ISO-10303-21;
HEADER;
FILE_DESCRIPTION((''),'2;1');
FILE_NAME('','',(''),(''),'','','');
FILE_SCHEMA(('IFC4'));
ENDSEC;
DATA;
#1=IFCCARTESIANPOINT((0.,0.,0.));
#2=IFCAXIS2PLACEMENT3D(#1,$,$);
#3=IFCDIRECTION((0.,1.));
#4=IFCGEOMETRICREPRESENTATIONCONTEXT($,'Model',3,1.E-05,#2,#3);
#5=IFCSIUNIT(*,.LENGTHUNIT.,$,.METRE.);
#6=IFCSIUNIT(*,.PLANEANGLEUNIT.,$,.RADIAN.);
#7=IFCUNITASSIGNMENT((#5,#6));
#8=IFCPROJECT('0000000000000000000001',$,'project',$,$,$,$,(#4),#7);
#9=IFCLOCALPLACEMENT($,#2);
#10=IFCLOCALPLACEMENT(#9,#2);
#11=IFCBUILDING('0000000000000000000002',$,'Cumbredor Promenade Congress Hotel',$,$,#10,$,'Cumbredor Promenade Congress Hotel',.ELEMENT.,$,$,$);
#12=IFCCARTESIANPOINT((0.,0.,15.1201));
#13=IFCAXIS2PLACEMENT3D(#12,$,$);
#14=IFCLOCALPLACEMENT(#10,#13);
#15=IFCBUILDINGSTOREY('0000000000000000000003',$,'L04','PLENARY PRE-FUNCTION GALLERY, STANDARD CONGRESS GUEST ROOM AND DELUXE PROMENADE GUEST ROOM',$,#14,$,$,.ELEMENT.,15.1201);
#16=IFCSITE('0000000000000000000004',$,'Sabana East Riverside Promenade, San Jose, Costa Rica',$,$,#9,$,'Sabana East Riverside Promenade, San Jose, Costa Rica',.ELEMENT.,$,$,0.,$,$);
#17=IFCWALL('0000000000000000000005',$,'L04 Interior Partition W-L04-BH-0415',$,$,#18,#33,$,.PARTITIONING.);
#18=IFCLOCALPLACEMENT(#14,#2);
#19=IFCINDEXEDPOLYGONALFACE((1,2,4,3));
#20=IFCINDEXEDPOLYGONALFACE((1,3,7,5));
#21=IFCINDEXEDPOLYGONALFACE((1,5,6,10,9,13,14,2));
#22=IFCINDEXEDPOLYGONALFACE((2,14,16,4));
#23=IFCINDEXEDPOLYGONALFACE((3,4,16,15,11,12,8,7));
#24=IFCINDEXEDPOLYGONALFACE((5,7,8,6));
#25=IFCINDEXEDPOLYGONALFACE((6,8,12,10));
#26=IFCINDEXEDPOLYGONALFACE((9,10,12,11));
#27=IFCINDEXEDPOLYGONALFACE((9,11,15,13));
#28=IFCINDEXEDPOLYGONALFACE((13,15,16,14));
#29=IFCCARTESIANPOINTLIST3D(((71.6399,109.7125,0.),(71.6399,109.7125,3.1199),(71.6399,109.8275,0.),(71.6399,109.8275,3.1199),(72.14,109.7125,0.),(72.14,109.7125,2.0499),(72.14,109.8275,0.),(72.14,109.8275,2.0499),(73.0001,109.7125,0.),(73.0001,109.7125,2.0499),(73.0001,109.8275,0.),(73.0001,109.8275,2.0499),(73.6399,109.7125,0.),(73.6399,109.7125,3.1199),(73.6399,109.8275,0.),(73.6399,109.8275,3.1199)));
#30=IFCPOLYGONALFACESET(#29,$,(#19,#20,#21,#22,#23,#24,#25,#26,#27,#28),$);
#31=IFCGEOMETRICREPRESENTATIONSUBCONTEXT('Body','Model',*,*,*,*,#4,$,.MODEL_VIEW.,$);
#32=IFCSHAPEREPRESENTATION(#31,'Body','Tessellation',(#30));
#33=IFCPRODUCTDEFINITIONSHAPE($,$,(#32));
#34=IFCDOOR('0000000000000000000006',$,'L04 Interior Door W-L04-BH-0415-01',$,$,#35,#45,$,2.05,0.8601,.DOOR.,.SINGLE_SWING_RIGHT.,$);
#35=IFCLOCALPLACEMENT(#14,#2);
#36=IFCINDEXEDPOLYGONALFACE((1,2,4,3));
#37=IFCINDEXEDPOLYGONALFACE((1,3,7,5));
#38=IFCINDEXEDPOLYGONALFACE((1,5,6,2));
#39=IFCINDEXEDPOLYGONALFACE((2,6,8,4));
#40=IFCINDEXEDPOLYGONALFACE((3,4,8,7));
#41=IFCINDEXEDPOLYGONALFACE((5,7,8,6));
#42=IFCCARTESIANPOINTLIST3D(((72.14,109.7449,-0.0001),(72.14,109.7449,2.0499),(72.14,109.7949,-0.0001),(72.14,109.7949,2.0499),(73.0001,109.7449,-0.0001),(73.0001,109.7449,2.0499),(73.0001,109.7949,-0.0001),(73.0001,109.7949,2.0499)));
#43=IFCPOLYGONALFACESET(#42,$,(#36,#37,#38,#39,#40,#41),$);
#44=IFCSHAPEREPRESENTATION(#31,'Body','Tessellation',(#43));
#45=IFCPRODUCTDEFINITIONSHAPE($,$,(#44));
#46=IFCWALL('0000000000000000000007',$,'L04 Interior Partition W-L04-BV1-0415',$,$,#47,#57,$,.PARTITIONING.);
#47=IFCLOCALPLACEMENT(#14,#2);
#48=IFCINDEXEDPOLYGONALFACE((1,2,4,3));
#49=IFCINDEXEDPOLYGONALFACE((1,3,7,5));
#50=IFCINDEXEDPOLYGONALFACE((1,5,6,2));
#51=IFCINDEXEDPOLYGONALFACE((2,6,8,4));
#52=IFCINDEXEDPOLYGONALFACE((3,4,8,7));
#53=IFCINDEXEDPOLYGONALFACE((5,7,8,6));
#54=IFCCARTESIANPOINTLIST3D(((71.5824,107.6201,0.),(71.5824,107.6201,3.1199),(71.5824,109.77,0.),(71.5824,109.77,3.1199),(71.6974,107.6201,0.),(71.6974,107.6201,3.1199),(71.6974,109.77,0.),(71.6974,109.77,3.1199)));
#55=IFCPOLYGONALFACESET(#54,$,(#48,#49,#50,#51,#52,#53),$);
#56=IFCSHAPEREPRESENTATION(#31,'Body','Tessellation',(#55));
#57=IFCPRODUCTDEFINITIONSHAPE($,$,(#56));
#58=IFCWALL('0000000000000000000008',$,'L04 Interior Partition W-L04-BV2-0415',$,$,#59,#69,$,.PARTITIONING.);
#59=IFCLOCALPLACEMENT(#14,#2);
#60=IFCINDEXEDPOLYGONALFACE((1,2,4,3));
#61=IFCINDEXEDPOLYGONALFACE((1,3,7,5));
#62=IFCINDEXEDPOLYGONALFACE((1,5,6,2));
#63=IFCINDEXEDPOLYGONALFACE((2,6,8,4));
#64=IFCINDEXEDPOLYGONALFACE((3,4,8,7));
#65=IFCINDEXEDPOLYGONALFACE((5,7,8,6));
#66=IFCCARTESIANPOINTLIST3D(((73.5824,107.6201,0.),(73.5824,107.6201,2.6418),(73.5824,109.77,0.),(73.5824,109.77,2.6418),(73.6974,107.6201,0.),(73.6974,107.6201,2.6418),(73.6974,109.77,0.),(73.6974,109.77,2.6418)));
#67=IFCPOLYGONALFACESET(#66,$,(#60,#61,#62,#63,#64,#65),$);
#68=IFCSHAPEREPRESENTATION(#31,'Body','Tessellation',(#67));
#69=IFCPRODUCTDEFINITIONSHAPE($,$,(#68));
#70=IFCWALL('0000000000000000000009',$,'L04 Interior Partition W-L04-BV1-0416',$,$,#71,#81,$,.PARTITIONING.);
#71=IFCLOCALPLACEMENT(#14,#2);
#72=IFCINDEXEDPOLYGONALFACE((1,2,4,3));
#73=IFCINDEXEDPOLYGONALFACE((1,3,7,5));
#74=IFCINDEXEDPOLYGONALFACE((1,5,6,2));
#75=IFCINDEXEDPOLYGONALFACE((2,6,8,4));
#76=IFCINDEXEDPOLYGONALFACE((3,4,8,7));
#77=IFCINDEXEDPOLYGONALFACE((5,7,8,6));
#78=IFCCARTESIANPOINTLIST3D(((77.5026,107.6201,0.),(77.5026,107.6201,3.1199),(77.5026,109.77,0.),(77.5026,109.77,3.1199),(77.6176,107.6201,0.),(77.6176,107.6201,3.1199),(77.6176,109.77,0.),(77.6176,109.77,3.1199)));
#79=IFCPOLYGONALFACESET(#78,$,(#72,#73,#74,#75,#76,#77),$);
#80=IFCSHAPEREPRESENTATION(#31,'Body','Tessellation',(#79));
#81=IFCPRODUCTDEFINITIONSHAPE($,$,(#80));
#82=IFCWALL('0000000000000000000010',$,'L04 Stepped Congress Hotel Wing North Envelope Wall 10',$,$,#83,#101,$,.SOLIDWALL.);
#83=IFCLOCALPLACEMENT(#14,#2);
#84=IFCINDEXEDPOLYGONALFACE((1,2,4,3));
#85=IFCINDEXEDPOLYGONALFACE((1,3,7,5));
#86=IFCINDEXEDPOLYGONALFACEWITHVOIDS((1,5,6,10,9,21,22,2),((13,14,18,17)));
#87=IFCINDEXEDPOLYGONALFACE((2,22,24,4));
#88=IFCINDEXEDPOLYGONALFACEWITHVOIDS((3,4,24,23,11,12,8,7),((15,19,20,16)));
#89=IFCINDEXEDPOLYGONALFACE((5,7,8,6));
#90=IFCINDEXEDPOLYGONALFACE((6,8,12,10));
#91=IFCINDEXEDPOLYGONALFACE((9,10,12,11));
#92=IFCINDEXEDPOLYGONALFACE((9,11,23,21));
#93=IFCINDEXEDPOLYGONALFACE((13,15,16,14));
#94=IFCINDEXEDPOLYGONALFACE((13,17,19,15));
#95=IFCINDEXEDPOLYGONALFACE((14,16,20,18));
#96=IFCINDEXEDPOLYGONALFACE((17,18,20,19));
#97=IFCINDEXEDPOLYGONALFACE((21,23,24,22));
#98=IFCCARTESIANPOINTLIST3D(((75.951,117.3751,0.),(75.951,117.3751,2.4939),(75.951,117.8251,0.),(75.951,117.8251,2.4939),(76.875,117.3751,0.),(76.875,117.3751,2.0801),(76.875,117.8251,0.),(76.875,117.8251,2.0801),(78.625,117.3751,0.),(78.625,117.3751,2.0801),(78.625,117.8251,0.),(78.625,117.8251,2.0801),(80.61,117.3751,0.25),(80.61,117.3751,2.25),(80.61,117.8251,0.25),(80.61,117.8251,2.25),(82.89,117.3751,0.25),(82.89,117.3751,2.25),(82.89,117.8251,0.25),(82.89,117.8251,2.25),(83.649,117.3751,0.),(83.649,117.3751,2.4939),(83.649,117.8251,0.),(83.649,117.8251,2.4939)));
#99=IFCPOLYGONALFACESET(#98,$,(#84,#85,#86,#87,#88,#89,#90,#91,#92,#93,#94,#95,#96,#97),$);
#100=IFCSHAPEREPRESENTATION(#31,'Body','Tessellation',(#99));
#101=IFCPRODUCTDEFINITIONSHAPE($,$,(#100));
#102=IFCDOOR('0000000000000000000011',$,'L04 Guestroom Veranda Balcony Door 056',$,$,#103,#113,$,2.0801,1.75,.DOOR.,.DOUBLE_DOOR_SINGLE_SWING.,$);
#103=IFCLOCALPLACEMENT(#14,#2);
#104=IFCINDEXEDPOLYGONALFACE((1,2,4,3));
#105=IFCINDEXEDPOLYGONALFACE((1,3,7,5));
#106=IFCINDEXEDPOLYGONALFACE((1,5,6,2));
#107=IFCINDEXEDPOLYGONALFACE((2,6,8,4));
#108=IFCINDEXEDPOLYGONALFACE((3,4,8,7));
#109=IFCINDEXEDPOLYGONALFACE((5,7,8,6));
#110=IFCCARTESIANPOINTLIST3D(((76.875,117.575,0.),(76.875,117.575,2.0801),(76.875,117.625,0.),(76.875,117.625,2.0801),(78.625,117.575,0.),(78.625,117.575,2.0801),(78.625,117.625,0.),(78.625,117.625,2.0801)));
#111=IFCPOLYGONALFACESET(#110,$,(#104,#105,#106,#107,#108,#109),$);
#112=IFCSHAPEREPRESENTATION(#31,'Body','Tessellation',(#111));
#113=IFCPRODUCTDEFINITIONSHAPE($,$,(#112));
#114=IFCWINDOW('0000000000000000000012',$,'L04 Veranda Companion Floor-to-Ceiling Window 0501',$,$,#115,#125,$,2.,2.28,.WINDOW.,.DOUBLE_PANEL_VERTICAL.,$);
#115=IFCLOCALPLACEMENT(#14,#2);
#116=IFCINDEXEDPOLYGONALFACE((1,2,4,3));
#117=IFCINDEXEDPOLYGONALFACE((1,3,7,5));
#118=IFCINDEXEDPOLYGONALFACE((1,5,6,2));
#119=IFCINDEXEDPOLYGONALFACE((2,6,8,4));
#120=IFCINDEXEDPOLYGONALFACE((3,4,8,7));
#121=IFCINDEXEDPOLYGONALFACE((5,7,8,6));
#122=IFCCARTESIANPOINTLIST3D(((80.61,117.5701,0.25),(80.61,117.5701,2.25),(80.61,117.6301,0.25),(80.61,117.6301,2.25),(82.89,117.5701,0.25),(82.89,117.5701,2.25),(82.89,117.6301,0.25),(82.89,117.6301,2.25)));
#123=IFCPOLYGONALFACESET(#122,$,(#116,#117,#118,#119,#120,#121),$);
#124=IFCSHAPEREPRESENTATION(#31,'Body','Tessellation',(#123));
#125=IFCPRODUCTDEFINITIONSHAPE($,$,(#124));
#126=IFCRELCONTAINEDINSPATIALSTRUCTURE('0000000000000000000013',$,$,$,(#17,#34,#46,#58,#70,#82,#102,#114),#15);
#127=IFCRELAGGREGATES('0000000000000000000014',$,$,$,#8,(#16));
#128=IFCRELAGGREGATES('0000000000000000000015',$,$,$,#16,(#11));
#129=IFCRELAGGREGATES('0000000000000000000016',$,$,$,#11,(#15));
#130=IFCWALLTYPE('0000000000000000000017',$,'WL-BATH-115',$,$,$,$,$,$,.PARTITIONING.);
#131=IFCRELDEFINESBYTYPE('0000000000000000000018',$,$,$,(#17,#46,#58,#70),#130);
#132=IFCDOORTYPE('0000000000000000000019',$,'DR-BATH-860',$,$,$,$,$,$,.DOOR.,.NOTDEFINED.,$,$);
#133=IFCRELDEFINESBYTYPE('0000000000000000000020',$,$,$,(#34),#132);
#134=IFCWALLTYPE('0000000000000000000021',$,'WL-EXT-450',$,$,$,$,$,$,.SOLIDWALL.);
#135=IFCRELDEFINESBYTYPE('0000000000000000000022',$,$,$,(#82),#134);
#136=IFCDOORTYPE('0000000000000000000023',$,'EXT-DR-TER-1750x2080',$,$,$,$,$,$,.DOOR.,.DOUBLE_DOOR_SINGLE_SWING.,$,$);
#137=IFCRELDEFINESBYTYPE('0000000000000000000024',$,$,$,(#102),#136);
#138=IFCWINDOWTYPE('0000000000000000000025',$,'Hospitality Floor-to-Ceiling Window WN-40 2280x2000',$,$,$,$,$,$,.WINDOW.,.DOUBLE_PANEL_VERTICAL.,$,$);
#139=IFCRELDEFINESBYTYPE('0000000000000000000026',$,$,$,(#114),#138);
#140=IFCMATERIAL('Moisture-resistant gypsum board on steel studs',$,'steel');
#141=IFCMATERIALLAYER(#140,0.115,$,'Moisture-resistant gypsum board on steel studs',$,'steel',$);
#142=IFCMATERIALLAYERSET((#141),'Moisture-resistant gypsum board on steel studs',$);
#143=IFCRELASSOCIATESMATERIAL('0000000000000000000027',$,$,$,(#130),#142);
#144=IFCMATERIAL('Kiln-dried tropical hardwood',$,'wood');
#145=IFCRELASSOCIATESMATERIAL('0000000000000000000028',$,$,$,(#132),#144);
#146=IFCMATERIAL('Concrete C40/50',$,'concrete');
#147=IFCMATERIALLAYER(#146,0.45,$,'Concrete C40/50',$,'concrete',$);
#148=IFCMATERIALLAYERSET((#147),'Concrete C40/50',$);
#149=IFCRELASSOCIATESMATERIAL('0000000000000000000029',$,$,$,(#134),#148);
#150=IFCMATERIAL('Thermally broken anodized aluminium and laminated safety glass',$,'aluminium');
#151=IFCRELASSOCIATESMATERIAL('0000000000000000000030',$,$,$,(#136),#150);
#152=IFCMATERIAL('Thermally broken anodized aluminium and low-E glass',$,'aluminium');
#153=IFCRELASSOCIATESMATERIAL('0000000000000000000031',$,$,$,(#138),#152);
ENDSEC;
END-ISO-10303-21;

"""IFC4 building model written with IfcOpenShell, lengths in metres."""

from ifc_helpers import new_model, si_unit, direction, frame, frame_2d, origin, place, context, subcontext, project, spatial, rectangle, extrude, material, layer, layer_set, type_object, element, fill, save


model = new_model("IFC4")

# Units and contexts
model_context = context("Model", 3, precision=1e-05, world=origin(), true_north=direction((0.0, 1.0)))
body_context = subcontext(model_context, "Body", "Model", "MODEL_VIEW")
ifc_project = project(units=[si_unit("LENGTHUNIT", "METRE"), si_unit("PLANEANGLEUNIT", "RADIAN")], contexts=[model_context])

# Site, building, storey
site_placement = place(None, origin())
site = spatial("IfcSite", under=ifc_project, at=site_placement, Name="Sabana East Riverside Promenade, San Jose, Costa Rica", LongName="Sabana East Riverside Promenade, San Jose, Costa Rica", CompositionType="ELEMENT", RefElevation=0.0)
building_placement = place(site_placement, origin())
building = spatial("IfcBuilding", under=site, at=building_placement, Name="Cumbredor Promenade Congress Hotel", LongName="Cumbredor Promenade Congress Hotel", CompositionType="ELEMENT")
storey_placement = place(building_placement, frame((0.0, 0.0, 15.1201)))
storey = spatial("IfcBuildingStorey", under=building, at=storey_placement, Name="L04", Description="PLENARY PRE-FUNCTION GALLERY, STANDARD CONGRESS GUEST ROOM AND DELUXE PROMENADE GUEST ROOM", CompositionType="ELEMENT", Elevation=15.1201)

# Shared definitions
ifc_material_1 = material(Name="Concrete C40/50", Category="concrete")

# Shared definitions
ifc_material_2 = material(Name="Thermally broken anodized aluminium and low-E glass", Category="aluminium")
ifc_material_3 = material(Name="Kiln-dried tropical hardwood", Category="wood")

# Shared definitions
ifc_material_4 = material(Name="Moisture-resistant gypsum board on steel studs", Category="steel")
ifc_layer_1 = layer(ifc_material_4, 0.115, Name="Moisture-resistant gypsum board on steel studs", Category="steel")
ifc_layer_set_1 = layer_set([ifc_layer_1], Name="Moisture-resistant gypsum board on steel studs")
wall_type_1 = type_object("IfcWallType", Name="WL-BATH-115", PredefinedType="PARTITIONING", material=ifc_layer_set_1)

# Wall, opening, door
wall_1_placement = place(storey_placement, frame((71.6399, 109.77, 0.0), z_axis=(0.0, 0.0, 1.0), x_axis=(1.0, 0.0, 0.0)))
wall_1 = element("IfcWall", 1, at=wall_1_placement, inside=storey, type_object=wall_type_1, Name="L04 Interior Partition W-L04-BH-0415", PredefinedType="PARTITIONING", context=body_context, shape_type="SweptSolid", body=[
    extrude(rectangle(XDim=2.0, YDim=0.115, at=frame_2d((1.0, 0.0))), origin(), (0.0, 0.0, 1.0), 3.1199),
])
opening_1_placement = place(wall_1_placement, frame((0.5, 0.0, 0.0)))
opening_1 = element("IfcOpeningElement", 2, at=opening_1_placement, cuts=wall_1, PredefinedType="OPENING", context=body_context, shape_type="SweptSolid", body=[
    extrude(rectangle(XDim=0.8601, YDim=2.05, at=frame_2d((0.4302, 1.0249))), frame((0.0, 0.0674, 0.0), z_axis=(0.0, -1.0, 0.0), x_axis=(1.0, 0.0, 0.0)), (0.0, 0.0, 1.0), 0.135),
])
door_type_1 = type_object("IfcDoorType", Name="DR-BATH-860", OperationType="NOTDEFINED", PredefinedType="DOOR", material=ifc_material_3)
door_1_placement = place(opening_1_placement, origin())
door_1 = element("IfcDoor", 3, at=door_1_placement, inside=storey, type_object=door_type_1, Name="L04 Interior Door W-L04-BH-0415-01", OperationType="SINGLE_SWING_RIGHT", OverallHeight=2.05, OverallWidth=0.8601, PredefinedType="DOOR", context=body_context, shape_type="SweptSolid", body=[
    extrude(rectangle(XDim=0.8601, YDim=2.05, at=frame_2d((0.4302, 1.0249))), frame((0.0, 0.0249, 0.0), z_axis=(0.0, -1.0, 0.0), x_axis=(1.0, 0.0, 0.0)), (0.0, 0.0, 1.0), 0.05),
])
fill(opening_1, door_1)

# Walls
wall_2_placement = place(storey_placement, frame((71.6399, 107.6201, 0.0), z_axis=(0.0, 0.0, 1.0), x_axis=(0.0, 1.0, 0.0)))
element("IfcWall", 4, at=wall_2_placement, inside=storey, type_object=wall_type_1, Name="L04 Interior Partition W-L04-BV1-0415", PredefinedType="PARTITIONING", context=body_context, shape_type="SweptSolid", body=[
    extrude(rectangle(XDim=2.1499, YDim=0.115, at=frame_2d((1.075, 0.0))), origin(), (0.0, 0.0, 1.0), 3.1199),
])
wall_3_placement = place(storey_placement, frame((73.6399, 107.6201, 0.0), z_axis=(0.0, 0.0, 1.0), x_axis=(0.0, 1.0, 0.0)))
element("IfcWall", 5, at=wall_3_placement, inside=storey, type_object=wall_type_1, Name="L04 Interior Partition W-L04-BV2-0415", PredefinedType="PARTITIONING", context=body_context, shape_type="SweptSolid", body=[
    extrude(rectangle(XDim=2.1499, YDim=0.115, at=frame_2d((1.075, 0.0))), origin(), (0.0, 0.0, 1.0), 2.6418),
])
wall_4_placement = place(storey_placement, frame((77.5601, 107.6201, 0.0), z_axis=(0.0, 0.0, 1.0), x_axis=(0.0, 1.0, 0.0)))
element("IfcWall", 6, at=wall_4_placement, inside=storey, type_object=wall_type_1, Name="L04 Interior Partition W-L04-BV1-0416", PredefinedType="PARTITIONING", context=body_context, shape_type="SweptSolid", body=[
    extrude(rectangle(XDim=2.1499, YDim=0.115, at=frame_2d((1.075, 0.0))), origin(), (0.0, 0.0, 1.0), 3.1199),
])

# Wall, openings, door, window
ifc_layer_2 = layer(ifc_material_1, 0.45, Name="Concrete C40/50", Category="concrete")
ifc_layer_set_2 = layer_set([ifc_layer_2], Name="Concrete C40/50")
wall_type_2 = type_object("IfcWallType", Name="WL-EXT-450", PredefinedType="SOLIDWALL", material=ifc_layer_set_2)
wall_5_placement = place(storey_placement, frame((75.9509, 117.6001, 0.0), z_axis=(0.0, 0.0, 1.0), x_axis=(1.0, 0.0, 0.0)))
wall_5 = element("IfcWall", 7, at=wall_5_placement, inside=storey, type_object=wall_type_2, Name="L04 Stepped Congress Hotel Wing North Envelope Wall 10", PredefinedType="SOLIDWALL", context=body_context, shape_type="SweptSolid", body=[
    extrude(rectangle(XDim=7.698, YDim=0.45, at=frame_2d((3.8491, 0.0))), origin(), (0.0, 0.0, 1.0), 2.4939),
])
opening_2_placement = place(wall_5_placement, frame((0.9241, 0.0, 0.0)))
opening_2 = element("IfcOpeningElement", 8, at=opening_2_placement, cuts=wall_5, PredefinedType="OPENING", context=body_context, shape_type="SweptSolid", body=[
    extrude(rectangle(XDim=1.75, YDim=2.0801, at=frame_2d((0.875, 1.04))), frame((0.0, 0.2349, 0.0), z_axis=(0.0, -1.0, 0.0), x_axis=(1.0, 0.0, 0.0)), (0.0, 0.0, 1.0), 0.47),
])
opening_3_placement = place(wall_5_placement, frame((4.6589, 0.0, 0.25)))
opening_3 = element("IfcOpeningElement", 9, at=opening_3_placement, cuts=wall_5, PredefinedType="OPENING", context=body_context, shape_type="SweptSolid", body=[
    extrude(rectangle(XDim=2.28, YDim=2.0, at=frame_2d((1.1401, 1.0))), frame((0.0, 0.2349, 0.0), z_axis=(0.0, -1.0, 0.0), x_axis=(1.0, 0.0, 0.0)), (0.0, 0.0, 1.0), 0.47),
])
ifc_material_5 = material(Name="Thermally broken anodized aluminium and laminated safety glass", Category="aluminium")
door_type_2 = type_object("IfcDoorType", Name="EXT-DR-TER-1750x2080", OperationType="DOUBLE_DOOR_SINGLE_SWING", PredefinedType="DOOR", material=ifc_material_5)
door_2_placement = place(opening_2_placement, origin())
door_2 = element("IfcDoor", 10, at=door_2_placement, inside=storey, type_object=door_type_2, Name="L04 Guestroom Veranda Balcony Door 056", OperationType="DOUBLE_DOOR_SINGLE_SWING", OverallHeight=2.0801, OverallWidth=1.75, PredefinedType="DOOR", context=body_context, shape_type="SweptSolid", body=[
    extrude(rectangle(XDim=1.75, YDim=2.0801, at=frame_2d((0.875, 1.04))), frame((0.0, 0.0249, 0.0), z_axis=(0.0, -1.0, 0.0), x_axis=(1.0, 0.0, 0.0)), (0.0, 0.0, 1.0), 0.05),
])
fill(opening_2, door_2)
window_type = type_object("IfcWindowType", Name="Hospitality Floor-to-Ceiling Window WN-40 2280x2000", PartitioningType="DOUBLE_PANEL_VERTICAL", PredefinedType="WINDOW", material=ifc_material_2)
window_placement = place(opening_3_placement, origin())
window = element("IfcWindow", 11, at=window_placement, inside=storey, type_object=window_type, Name="L04 Veranda Companion Floor-to-Ceiling Window 0501", OverallHeight=2.0, OverallWidth=2.28, PartitioningType="DOUBLE_PANEL_VERTICAL", PredefinedType="WINDOW", context=body_context, shape_type="SweptSolid", body=[
    extrude(rectangle(XDim=2.28, YDim=2.0, at=frame_2d((1.1401, 1.0))), frame((0.0, 0.03, 0.0), z_axis=(0.0, -1.0, 0.0), x_axis=(1.0, 0.0, 0.0)), (0.0, 0.0, 1.0), 0.0601),
])
fill(opening_3, window)

save(model, "model.ifc")
